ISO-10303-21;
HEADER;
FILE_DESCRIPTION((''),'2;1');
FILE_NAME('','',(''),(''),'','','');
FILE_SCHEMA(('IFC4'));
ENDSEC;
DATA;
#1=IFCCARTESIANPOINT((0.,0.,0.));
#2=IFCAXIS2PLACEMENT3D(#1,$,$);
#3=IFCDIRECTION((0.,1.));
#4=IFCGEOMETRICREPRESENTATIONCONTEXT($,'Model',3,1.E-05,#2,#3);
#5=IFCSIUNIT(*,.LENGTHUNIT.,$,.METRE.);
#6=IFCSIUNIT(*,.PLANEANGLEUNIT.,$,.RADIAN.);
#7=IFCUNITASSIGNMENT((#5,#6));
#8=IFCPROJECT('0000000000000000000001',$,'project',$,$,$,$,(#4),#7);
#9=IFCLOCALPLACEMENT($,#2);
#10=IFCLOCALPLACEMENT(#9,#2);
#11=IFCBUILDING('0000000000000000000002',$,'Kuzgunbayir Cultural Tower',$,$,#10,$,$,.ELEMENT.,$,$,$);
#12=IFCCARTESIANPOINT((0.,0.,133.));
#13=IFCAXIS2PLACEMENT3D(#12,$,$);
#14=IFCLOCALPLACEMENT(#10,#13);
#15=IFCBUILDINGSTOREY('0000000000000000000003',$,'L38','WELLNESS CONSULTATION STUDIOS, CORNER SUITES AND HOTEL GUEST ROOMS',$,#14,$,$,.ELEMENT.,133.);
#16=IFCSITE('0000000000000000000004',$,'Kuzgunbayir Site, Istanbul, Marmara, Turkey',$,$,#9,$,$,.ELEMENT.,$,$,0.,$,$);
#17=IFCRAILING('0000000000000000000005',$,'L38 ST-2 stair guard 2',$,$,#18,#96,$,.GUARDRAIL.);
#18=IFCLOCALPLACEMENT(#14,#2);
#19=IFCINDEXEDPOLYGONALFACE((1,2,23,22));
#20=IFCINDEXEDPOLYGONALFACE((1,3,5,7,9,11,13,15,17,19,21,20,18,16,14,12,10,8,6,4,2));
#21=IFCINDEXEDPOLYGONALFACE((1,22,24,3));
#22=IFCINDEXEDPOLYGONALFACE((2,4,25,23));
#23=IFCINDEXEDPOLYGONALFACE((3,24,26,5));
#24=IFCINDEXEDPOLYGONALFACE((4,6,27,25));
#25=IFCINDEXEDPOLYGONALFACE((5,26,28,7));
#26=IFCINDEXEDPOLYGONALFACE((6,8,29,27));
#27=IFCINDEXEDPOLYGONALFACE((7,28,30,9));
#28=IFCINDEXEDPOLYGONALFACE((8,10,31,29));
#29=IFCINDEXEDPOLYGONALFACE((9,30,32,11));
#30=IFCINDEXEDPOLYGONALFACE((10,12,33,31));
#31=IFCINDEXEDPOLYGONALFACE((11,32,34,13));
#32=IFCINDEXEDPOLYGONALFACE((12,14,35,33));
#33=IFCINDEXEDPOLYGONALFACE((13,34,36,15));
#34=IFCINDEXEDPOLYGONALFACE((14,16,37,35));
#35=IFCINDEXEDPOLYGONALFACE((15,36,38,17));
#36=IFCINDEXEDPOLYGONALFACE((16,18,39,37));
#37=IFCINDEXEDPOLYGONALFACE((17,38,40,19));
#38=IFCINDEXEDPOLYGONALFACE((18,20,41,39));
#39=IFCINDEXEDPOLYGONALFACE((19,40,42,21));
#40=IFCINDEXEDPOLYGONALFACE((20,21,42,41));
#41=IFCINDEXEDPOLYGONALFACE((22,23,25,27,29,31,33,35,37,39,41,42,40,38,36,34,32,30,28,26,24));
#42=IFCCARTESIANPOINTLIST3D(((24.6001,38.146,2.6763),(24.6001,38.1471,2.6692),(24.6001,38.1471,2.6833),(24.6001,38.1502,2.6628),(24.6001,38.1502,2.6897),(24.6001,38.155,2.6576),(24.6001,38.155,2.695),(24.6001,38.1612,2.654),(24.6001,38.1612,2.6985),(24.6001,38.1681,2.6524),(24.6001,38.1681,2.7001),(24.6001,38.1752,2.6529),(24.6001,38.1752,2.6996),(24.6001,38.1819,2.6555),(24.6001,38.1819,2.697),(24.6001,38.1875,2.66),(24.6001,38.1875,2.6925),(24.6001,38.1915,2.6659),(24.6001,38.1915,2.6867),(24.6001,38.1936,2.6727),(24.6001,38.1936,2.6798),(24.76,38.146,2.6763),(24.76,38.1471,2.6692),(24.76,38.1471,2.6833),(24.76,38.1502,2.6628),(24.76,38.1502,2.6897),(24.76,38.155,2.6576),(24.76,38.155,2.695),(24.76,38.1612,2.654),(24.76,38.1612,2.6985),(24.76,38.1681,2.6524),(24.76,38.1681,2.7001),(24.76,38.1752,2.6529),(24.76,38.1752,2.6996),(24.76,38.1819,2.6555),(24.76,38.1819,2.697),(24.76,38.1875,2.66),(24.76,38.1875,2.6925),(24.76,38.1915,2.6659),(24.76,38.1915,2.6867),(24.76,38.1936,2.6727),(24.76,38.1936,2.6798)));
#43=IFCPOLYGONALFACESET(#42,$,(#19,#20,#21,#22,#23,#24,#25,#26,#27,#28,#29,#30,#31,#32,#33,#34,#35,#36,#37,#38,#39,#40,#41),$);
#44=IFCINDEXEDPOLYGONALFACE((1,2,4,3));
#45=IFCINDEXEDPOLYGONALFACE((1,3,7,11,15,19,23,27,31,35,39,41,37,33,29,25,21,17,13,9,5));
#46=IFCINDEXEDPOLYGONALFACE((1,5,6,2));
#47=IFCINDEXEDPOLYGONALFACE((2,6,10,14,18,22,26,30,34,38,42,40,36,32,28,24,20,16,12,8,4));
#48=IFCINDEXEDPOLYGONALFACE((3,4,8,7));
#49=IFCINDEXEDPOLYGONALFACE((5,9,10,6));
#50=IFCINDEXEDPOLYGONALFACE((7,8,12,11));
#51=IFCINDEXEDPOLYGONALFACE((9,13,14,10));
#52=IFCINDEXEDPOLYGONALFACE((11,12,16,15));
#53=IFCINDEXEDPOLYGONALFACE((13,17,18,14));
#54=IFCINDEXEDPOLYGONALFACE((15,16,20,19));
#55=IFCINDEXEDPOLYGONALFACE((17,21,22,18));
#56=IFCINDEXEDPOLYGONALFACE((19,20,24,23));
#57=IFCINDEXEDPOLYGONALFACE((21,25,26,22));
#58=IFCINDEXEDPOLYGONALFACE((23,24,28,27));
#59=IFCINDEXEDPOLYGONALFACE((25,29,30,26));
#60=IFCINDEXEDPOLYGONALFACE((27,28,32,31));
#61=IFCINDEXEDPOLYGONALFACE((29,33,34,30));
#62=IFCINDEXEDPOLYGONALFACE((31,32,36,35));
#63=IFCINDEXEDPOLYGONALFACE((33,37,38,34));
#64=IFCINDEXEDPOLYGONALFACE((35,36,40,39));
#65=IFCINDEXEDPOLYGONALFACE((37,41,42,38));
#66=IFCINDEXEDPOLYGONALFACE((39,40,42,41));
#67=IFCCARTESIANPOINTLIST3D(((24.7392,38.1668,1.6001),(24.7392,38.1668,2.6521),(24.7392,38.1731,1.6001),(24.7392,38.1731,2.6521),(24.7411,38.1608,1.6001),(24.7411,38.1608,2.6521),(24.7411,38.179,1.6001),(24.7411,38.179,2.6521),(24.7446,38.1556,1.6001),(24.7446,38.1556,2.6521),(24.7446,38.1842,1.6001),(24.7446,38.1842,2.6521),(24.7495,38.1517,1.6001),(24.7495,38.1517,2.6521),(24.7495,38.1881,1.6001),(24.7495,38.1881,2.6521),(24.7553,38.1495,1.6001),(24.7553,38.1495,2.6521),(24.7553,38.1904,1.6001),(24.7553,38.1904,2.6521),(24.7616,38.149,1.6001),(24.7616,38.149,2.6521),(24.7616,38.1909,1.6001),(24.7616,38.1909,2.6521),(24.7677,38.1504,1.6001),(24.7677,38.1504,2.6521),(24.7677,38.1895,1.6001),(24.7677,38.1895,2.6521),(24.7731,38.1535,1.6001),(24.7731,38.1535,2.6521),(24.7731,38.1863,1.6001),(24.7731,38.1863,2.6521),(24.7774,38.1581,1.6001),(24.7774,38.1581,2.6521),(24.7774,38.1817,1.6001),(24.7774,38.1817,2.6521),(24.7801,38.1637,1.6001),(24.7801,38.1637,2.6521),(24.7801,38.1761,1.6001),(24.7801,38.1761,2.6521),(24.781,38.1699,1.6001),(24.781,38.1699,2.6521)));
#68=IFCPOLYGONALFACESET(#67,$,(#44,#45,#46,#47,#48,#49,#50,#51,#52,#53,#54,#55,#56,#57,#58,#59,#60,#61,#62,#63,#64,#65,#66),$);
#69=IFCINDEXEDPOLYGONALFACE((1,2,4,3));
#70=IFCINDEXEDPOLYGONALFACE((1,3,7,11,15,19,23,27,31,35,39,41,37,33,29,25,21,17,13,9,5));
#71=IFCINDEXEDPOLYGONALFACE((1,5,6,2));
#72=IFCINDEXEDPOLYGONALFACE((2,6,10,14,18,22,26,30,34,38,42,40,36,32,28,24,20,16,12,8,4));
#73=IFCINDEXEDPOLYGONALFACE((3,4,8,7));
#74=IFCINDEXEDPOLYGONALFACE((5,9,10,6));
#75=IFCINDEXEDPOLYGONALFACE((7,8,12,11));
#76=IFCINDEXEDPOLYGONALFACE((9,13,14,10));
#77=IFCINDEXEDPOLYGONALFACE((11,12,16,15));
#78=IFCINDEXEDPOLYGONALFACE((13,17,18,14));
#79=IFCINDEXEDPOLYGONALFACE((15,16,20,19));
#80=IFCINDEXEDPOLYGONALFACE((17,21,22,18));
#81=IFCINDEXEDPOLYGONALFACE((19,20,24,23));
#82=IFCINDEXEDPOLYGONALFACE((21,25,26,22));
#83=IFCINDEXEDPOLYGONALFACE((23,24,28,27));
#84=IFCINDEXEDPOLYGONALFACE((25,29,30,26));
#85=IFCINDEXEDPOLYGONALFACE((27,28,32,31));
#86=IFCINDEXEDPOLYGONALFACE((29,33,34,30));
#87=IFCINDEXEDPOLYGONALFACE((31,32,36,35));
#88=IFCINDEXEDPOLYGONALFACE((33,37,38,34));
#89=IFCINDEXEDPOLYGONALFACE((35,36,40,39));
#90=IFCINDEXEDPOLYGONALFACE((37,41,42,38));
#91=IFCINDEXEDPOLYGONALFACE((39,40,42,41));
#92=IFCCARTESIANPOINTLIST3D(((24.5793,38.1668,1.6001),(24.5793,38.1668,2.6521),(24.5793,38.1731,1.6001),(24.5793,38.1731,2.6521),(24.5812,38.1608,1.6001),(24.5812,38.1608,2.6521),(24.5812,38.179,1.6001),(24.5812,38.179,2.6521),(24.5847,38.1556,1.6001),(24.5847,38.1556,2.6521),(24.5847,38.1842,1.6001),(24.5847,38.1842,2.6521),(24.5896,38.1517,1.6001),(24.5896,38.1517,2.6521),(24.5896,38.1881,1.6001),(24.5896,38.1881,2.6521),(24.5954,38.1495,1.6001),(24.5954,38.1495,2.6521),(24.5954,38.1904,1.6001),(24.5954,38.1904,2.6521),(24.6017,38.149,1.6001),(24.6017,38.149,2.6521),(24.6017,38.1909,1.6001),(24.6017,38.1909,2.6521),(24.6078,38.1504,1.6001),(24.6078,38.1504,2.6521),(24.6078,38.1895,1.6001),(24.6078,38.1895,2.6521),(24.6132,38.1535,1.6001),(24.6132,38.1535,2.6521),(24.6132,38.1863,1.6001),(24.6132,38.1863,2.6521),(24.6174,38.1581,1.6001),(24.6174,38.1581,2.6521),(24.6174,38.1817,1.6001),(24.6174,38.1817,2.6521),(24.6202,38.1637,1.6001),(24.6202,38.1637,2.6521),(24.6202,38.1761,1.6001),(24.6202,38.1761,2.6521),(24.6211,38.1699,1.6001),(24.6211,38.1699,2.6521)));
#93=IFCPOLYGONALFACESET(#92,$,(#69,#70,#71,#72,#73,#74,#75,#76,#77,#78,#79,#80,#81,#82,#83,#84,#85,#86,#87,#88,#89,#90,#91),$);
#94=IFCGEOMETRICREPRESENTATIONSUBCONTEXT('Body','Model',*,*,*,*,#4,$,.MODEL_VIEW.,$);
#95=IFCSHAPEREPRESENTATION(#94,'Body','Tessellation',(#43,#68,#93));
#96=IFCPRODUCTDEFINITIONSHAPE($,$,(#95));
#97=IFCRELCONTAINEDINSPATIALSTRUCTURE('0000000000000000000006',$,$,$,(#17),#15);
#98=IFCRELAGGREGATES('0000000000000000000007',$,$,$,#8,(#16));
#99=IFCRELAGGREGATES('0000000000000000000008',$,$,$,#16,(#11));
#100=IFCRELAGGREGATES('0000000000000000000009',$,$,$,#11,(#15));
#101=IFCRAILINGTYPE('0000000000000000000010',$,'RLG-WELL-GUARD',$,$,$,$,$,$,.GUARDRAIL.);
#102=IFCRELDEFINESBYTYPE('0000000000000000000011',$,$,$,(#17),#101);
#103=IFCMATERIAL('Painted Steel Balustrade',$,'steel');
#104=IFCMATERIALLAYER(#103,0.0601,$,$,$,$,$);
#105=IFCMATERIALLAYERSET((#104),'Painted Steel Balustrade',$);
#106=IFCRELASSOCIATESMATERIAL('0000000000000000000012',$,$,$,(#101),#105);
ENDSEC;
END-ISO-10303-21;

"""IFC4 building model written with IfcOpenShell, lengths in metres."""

from ifc_helpers import new_model, si_unit, direction, frame, origin, origin_2d, place, context, subcontext, project, spatial, circle, extrude, material, layer, layer_set, type_object, element, save


model = new_model("IFC4")

# Units and contexts
model_context = context("Model", 3, precision=1e-05, world=origin(), true_north=direction((0.0, 1.0)))
body_context = subcontext(model_context, "Body", "Model", "MODEL_VIEW")
ifc_project = project(units=[si_unit("LENGTHUNIT", "METRE"), si_unit("PLANEANGLEUNIT", "RADIAN")], contexts=[model_context])

# Site, building, storey
site_placement = place(None, origin())
site = spatial("IfcSite", under=ifc_project, at=site_placement, Name="Kuzgunbayir Site, Istanbul, Marmara, Turkey", CompositionType="ELEMENT", RefElevation=0.0)
building_placement = place(site_placement, origin())
building = spatial("IfcBuilding", under=site, at=building_placement, Name="Kuzgunbayir Cultural Tower", CompositionType="ELEMENT")
storey_placement = place(building_placement, frame((0.0, 0.0, 133.0)))
storey = spatial("IfcBuildingStorey", under=building, at=storey_placement, Name="L38", Description="WELLNESS CONSULTATION STUDIOS, CORNER SUITES AND HOTEL GUEST ROOMS", CompositionType="ELEMENT", Elevation=133.0)

# Railing
ifc_material_1 = material(Name="Painted Steel Balustrade", Category="steel")
ifc_layer_1 = layer(ifc_material_1, 0.0601)
ifc_layer_set_1 = layer_set([ifc_layer_1], Name="Painted Steel Balustrade")
railing_type_1 = type_object("IfcRailingType", Name="RLG-WELL-GUARD", PredefinedType="GUARDRAIL", material=ifc_layer_set_1)
railing_1_placement = place(storey_placement, frame((24.76, 38.1699, 1.6001)))
element("IfcRailing", 1, at=railing_1_placement, inside=storey, type_object=railing_type_1, Name="L38 ST-2 stair guard 2", PredefinedType="GUARDRAIL", context=body_context, shape_type="SweptSolid", body=[
    extrude(circle(Radius=0.0239, at=origin_2d()), frame((0.0, 0.0, 1.0762), z_axis=(-1.0, 0.0, 0.0), x_axis=(0.0, -1.0, 0.0)), (0.0, 0.0, 1.0), 0.1599),
    extrude(circle(Radius=0.021, at=origin_2d()), origin(), (0.0, 0.0, 1.0), 1.052),
    extrude(circle(Radius=0.021, at=origin_2d()), frame((-0.1599, 0.0, 0.0)), (0.0, 0.0, 1.0), 1.052),
])

save(model, "model.ifc")
